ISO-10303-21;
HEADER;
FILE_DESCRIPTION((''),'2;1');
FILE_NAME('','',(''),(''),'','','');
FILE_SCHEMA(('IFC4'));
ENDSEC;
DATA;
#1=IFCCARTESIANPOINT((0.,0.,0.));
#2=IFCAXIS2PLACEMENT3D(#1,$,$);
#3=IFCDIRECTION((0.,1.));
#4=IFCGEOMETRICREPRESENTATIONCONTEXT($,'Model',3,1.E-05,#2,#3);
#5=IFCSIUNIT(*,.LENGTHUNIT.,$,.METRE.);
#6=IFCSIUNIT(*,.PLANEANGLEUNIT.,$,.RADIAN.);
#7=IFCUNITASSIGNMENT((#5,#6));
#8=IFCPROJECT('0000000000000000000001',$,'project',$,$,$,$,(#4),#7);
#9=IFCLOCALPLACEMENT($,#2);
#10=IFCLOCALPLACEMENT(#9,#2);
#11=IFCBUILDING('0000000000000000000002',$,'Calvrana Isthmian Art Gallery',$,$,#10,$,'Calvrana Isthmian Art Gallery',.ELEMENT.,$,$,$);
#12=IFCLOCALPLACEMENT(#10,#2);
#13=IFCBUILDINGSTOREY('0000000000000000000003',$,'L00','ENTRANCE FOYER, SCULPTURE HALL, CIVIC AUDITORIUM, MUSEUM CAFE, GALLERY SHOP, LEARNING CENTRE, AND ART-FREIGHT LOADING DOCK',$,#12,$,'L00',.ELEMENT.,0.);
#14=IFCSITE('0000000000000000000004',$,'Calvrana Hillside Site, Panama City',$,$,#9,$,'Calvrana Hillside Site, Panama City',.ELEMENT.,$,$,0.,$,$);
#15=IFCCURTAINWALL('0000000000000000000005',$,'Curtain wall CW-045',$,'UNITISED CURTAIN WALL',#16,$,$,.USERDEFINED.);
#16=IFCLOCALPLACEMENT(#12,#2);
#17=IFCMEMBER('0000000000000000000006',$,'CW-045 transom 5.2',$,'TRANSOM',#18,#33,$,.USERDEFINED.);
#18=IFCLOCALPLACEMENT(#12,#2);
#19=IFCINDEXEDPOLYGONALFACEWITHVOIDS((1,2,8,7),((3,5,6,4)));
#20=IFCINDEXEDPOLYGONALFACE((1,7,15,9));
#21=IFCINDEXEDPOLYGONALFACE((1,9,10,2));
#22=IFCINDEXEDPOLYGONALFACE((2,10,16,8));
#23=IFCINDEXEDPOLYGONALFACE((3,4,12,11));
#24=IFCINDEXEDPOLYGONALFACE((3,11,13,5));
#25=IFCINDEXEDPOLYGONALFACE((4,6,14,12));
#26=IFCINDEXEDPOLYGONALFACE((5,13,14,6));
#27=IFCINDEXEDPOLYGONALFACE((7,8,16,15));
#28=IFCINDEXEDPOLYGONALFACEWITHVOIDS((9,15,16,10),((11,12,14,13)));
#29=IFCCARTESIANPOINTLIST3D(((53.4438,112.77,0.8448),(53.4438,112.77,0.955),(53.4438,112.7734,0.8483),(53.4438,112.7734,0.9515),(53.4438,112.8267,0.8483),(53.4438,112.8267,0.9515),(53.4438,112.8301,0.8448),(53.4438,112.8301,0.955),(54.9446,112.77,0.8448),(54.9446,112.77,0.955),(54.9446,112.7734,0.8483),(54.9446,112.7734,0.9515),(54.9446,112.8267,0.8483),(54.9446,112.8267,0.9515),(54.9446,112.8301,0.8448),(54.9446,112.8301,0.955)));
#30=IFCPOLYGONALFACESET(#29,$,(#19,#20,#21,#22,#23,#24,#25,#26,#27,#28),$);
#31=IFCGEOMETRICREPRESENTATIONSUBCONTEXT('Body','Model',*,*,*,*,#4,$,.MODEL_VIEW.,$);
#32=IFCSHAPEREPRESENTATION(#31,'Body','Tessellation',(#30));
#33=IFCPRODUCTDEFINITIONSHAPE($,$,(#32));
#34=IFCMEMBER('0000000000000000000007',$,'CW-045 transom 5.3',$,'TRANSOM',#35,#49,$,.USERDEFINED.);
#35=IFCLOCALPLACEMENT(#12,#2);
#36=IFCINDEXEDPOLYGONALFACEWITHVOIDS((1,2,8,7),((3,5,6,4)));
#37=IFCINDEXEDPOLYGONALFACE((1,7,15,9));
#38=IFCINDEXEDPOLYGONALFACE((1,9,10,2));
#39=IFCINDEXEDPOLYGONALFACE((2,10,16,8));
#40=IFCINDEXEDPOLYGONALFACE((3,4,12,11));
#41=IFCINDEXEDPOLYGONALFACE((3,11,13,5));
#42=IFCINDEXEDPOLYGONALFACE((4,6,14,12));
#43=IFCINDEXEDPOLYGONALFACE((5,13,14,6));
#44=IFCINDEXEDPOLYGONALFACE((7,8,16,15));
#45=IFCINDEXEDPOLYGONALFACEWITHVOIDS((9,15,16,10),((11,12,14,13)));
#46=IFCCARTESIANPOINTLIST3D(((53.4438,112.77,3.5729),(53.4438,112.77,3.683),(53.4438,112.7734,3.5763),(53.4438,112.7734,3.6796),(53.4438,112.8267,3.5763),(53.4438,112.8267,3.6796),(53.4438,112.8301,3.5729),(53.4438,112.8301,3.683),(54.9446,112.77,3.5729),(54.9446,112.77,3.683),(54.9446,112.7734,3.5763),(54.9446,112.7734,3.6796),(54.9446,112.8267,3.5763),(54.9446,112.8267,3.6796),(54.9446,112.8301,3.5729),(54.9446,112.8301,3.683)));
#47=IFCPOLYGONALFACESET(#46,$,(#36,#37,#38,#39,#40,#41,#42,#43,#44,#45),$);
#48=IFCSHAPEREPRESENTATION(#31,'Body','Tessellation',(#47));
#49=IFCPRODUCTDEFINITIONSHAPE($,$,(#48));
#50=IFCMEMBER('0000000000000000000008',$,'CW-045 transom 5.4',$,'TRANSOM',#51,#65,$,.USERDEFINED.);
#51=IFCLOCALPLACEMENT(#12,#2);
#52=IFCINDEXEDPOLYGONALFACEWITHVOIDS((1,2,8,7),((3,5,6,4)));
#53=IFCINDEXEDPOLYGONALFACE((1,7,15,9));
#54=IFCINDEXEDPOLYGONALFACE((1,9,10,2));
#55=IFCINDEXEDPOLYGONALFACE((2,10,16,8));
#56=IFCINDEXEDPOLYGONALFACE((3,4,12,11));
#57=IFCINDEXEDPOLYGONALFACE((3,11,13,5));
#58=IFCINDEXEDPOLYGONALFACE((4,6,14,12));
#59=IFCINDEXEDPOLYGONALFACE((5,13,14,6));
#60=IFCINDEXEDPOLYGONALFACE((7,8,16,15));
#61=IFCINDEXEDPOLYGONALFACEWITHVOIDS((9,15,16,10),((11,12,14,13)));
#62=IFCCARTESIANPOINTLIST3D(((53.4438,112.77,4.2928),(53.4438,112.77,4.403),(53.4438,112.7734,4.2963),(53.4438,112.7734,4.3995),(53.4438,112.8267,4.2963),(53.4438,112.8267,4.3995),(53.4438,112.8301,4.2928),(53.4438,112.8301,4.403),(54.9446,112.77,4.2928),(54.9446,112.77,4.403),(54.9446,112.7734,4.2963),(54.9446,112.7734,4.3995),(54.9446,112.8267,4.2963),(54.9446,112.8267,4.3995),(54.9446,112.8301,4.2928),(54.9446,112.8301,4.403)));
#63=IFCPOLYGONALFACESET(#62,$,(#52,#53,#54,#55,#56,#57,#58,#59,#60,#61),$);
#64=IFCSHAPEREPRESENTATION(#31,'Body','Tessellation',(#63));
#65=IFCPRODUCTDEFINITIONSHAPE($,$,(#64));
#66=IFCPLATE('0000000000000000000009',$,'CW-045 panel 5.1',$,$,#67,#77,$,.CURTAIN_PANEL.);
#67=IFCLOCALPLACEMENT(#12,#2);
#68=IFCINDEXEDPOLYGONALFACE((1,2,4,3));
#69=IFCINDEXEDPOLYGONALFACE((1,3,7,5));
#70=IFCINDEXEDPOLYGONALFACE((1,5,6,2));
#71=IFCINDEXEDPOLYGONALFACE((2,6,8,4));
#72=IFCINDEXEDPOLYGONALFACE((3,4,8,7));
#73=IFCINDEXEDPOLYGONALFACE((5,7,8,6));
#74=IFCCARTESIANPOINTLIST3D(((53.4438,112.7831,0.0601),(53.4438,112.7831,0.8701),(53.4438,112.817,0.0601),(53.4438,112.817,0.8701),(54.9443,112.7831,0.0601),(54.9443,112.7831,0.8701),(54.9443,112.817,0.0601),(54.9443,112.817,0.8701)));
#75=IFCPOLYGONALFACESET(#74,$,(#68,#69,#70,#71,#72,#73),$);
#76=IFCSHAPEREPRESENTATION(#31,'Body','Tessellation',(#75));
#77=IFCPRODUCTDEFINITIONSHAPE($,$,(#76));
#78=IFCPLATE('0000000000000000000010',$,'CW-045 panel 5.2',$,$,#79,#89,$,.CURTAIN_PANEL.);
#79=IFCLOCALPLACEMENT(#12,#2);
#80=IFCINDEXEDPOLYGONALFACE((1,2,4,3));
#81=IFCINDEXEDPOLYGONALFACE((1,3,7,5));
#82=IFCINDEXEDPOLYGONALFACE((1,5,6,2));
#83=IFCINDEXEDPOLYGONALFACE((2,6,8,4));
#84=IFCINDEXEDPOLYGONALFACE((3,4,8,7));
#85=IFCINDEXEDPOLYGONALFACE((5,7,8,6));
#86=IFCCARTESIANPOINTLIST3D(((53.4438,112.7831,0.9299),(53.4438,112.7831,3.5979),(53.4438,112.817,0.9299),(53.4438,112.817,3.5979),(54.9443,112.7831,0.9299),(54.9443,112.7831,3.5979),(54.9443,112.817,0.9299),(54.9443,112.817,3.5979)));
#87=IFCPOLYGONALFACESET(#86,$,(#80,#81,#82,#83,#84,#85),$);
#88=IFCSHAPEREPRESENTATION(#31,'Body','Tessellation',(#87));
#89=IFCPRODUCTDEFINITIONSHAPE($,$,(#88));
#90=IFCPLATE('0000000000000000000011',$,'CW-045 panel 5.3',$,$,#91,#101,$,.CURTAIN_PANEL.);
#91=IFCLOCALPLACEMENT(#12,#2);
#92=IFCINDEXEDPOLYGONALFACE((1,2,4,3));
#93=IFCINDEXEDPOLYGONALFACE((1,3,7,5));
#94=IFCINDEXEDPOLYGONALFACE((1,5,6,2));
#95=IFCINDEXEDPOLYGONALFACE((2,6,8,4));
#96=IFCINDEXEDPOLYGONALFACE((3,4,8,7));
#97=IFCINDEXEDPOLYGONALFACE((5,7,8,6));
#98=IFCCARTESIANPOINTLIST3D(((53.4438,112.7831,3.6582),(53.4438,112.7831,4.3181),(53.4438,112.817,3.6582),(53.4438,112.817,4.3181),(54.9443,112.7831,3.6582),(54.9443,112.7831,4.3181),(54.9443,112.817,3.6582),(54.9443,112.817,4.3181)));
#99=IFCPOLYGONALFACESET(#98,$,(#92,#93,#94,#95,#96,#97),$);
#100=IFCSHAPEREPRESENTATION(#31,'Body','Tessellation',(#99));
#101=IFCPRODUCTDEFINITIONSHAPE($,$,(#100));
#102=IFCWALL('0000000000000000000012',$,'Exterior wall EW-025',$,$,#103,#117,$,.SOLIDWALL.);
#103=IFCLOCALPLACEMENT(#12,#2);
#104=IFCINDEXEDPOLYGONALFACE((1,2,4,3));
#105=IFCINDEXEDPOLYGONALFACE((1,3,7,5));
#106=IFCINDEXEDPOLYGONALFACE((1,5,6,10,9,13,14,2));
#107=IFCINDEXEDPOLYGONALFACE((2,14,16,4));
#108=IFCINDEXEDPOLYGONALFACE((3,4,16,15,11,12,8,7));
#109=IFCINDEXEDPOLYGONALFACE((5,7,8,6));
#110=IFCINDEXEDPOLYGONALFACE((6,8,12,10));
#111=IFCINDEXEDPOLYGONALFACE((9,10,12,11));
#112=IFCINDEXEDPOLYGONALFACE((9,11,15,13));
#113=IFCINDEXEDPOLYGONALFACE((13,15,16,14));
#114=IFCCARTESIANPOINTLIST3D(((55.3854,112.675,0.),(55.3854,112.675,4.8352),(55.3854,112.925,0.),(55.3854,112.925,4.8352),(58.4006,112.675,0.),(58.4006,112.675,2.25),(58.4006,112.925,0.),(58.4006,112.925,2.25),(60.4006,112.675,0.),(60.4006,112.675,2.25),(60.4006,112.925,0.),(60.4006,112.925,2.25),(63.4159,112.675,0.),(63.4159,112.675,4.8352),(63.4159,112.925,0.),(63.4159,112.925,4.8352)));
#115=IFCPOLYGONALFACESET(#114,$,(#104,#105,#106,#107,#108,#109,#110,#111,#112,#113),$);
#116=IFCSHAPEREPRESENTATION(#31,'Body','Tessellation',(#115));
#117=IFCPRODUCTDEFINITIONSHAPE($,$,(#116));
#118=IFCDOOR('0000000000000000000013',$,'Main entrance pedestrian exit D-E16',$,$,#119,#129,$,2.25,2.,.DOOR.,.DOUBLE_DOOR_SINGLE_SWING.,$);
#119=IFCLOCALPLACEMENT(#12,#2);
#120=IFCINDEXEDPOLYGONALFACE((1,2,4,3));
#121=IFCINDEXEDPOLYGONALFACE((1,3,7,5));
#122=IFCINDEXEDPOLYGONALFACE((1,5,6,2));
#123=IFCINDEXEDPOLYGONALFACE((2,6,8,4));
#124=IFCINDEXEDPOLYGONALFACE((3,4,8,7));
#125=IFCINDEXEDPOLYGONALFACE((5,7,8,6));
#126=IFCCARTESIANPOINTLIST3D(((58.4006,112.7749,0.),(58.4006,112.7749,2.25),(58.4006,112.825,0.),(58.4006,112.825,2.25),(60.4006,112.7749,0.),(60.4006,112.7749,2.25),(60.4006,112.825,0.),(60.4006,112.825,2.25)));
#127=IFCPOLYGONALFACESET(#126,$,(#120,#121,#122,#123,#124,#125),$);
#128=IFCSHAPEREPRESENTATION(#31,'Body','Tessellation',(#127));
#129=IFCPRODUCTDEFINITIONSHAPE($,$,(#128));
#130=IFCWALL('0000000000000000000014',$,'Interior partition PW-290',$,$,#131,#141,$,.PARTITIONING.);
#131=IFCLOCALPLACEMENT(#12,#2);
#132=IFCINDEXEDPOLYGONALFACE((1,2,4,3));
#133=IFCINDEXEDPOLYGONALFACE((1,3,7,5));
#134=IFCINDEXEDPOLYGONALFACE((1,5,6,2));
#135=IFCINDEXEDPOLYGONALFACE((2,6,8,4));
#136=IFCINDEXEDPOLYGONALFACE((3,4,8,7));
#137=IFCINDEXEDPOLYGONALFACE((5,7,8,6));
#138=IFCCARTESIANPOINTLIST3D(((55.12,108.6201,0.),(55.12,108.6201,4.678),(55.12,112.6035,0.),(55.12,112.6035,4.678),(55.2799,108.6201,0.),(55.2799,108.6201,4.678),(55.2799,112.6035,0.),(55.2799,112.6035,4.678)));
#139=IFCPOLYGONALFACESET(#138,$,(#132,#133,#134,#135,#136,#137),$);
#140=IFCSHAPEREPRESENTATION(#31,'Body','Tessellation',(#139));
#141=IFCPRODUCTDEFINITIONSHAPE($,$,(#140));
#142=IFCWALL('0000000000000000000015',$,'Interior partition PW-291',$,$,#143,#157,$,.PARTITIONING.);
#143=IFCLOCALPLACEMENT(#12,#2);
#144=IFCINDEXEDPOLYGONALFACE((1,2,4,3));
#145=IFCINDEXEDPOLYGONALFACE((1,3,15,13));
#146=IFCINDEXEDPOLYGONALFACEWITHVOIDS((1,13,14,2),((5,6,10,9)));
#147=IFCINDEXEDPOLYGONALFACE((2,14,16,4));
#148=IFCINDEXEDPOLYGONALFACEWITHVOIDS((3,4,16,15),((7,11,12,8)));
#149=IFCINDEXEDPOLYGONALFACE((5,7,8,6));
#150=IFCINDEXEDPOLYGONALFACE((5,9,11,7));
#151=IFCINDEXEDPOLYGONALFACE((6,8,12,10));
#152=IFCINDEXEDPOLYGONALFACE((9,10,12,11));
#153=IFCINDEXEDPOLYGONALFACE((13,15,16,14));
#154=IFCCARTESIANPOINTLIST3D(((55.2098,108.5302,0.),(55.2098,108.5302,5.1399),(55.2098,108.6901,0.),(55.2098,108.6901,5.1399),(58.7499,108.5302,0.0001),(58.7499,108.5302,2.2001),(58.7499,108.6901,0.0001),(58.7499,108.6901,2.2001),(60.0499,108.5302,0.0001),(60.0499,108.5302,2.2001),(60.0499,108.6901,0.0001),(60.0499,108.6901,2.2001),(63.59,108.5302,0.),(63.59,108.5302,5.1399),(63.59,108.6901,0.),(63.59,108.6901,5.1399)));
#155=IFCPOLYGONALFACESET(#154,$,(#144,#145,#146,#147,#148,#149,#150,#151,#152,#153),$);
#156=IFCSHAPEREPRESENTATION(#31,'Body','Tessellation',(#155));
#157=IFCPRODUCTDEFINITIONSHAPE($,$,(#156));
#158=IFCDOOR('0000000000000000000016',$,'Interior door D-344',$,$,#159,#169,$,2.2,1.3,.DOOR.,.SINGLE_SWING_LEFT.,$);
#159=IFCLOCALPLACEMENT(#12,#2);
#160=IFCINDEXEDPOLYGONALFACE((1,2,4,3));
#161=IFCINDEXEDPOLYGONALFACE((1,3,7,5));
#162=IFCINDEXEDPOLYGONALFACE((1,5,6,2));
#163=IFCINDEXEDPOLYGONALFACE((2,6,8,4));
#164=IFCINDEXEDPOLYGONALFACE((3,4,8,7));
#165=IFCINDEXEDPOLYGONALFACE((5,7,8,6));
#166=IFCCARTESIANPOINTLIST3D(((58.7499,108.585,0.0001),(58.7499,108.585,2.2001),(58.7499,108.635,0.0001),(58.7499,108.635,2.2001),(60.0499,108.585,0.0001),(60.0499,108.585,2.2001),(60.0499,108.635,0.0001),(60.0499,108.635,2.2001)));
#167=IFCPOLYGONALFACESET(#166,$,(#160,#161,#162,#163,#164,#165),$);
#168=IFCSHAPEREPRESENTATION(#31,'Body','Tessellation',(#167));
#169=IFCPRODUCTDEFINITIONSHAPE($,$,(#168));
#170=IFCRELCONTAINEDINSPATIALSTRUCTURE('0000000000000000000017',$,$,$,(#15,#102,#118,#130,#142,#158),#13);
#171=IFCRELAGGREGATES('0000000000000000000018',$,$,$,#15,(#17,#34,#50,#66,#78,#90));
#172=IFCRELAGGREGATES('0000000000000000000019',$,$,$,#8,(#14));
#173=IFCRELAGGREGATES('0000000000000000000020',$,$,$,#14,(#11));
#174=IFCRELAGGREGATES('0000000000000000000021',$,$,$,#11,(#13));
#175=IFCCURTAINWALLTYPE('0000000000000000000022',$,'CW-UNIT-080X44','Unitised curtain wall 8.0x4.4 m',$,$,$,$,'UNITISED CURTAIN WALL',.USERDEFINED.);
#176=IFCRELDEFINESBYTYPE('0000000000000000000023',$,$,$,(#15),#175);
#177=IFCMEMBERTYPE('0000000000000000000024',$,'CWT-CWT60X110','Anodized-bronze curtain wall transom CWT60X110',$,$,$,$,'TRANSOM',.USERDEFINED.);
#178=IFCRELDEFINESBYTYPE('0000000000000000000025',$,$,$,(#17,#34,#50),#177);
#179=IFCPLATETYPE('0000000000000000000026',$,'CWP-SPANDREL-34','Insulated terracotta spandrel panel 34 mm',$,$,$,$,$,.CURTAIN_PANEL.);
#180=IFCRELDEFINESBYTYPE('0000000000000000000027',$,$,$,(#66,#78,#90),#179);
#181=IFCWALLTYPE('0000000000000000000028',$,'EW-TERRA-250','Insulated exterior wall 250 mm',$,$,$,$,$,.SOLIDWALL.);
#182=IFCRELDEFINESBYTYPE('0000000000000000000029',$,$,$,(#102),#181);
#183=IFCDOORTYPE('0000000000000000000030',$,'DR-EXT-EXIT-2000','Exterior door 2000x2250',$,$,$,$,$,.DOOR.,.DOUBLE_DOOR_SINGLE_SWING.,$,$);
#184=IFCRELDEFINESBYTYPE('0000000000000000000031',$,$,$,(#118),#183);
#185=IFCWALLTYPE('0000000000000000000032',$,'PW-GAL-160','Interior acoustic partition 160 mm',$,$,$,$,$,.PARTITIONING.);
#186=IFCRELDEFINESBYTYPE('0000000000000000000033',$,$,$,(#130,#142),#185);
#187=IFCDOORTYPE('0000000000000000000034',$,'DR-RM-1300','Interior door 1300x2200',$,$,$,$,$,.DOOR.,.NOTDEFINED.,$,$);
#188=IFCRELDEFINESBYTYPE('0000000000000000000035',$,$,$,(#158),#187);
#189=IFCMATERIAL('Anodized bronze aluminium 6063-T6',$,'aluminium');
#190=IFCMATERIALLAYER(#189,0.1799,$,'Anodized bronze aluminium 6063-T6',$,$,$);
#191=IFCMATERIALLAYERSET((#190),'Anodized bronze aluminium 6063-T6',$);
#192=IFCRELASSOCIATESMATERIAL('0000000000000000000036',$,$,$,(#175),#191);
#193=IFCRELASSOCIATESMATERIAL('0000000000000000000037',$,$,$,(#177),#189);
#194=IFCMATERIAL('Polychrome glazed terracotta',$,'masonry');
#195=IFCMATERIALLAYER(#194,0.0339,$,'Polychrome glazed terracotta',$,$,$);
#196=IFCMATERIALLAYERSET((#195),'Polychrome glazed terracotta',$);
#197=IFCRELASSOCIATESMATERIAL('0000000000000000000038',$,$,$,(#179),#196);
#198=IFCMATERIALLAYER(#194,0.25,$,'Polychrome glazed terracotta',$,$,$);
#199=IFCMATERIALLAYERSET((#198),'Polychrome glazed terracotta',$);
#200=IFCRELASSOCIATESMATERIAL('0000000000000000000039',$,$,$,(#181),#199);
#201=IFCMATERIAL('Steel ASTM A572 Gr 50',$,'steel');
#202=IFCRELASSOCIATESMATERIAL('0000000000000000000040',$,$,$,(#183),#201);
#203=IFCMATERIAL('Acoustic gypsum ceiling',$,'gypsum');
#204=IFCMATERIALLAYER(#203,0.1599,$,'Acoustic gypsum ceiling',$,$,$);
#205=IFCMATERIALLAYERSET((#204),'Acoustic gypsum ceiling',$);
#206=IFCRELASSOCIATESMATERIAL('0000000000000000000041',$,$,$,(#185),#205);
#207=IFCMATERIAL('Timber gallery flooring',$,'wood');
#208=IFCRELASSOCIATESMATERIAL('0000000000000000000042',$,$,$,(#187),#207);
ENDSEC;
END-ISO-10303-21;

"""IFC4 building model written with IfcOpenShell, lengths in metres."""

from ifc_helpers import new_model, si_unit, direction, frame, frame_2d, origin, origin_2d, place, context, subcontext, project, spatial, rectangle, hollow_rectangle, extrude, material, layer, layer_set, material_profile, profile_set, type_object, element, fill, aggregate, save


model = new_model("IFC4")

# Units and contexts
model_context = context("Model", 3, precision=1e-05, world=origin(), true_north=direction((0.0, 1.0)))
body_context = subcontext(model_context, "Body", "Model", "MODEL_VIEW")
ifc_project = project(units=[si_unit("LENGTHUNIT", "METRE"), si_unit("PLANEANGLEUNIT", "RADIAN")], contexts=[model_context])

# Site, building, storey
site_placement = place(None, origin())
site = spatial("IfcSite", under=ifc_project, at=site_placement, Name="Calvrana Hillside Site, Panama City", LongName="Calvrana Hillside Site, Panama City", CompositionType="ELEMENT", RefElevation=0.0)
building_placement = place(site_placement, origin())
building = spatial("IfcBuilding", under=site, at=building_placement, Name="Calvrana Isthmian Art Gallery", LongName="Calvrana Isthmian Art Gallery", CompositionType="ELEMENT")
storey_placement = place(building_placement, origin())
storey = spatial("IfcBuildingStorey", under=building, at=storey_placement, Name="L00", Description="ENTRANCE FOYER, SCULPTURE HALL, CIVIC AUDITORIUM, MUSEUM CAFE, GALLERY SHOP, LEARNING CENTRE, AND ART-FREIGHT LOADING DOCK", LongName="L00", CompositionType="ELEMENT", Elevation=0.0)

# Curtain wall, members, plates
ifc_material_1 = material(Name="Anodized bronze aluminium 6063-T6", Category="aluminium")
ifc_layer_1 = layer(ifc_material_1, 0.1799, Name="Anodized bronze aluminium 6063-T6")
ifc_layer_set_1 = layer_set([ifc_layer_1], Name="Anodized bronze aluminium 6063-T6")
curtain_wall_type = type_object("IfcCurtainWallType", Name="CW-UNIT-080X44", Description="Unitised curtain wall 8.0x4.4 m", ElementType="UNITISED CURTAIN WALL", PredefinedType="USERDEFINED", material=ifc_layer_set_1)
curtain_wall_placement = place(storey_placement, origin())
curtain_wall = element("IfcCurtainWall", 1, at=curtain_wall_placement, inside=storey, type_object=curtain_wall_type, Name="Curtain wall CW-045", ObjectType="UNITISED CURTAIN WALL", PredefinedType="USERDEFINED")
ifc_material_profile_1 = material_profile(ifc_material_1, hollow_rectangle(XDim=0.0601, YDim=0.1101, WallThickness=0.0034, at=origin_2d()), Name="CWT60X110")
ifc_profile_set_1 = profile_set([ifc_material_profile_1], Name="Anodized bronze aluminium 6063-T6")
member_type_1 = type_object("IfcMemberType", Name="CWT-CWT60X110", Description="Anodized-bronze curtain wall transom CWT60X110", ElementType="TRANSOM", PredefinedType="USERDEFINED", material=ifc_profile_set_1)
member_1_placement = place(storey_placement, frame((53.4438, 112.8, 0.8999), z_axis=(1.0, 0.0, 0.0), x_axis=(0.0, 1.0, 0.0)))
member_1 = element("IfcMember", 2, at=member_1_placement, type_object=member_type_1, Name="CW-045 transom 5.2", ObjectType="TRANSOM", PredefinedType="USERDEFINED", context=body_context, shape_type="SweptSolid", body=[
    extrude(hollow_rectangle(XDim=0.0601, YDim=0.1101, WallThickness=0.0034, at=origin_2d()), origin(), (0.0, 0.0, 1.0), 1.5007),
])
member_2_placement = place(storey_placement, frame((53.4438, 112.8, 3.6279), z_axis=(1.0, 0.0, 0.0), x_axis=(0.0, 1.0, 0.0)))
member_2 = element("IfcMember", 3, at=member_2_placement, type_object=member_type_1, Name="CW-045 transom 5.3", ObjectType="TRANSOM", PredefinedType="USERDEFINED", context=body_context, shape_type="SweptSolid", body=[
    extrude(hollow_rectangle(XDim=0.0601, YDim=0.1101, WallThickness=0.0034, at=origin_2d()), origin(), (0.0, 0.0, 1.0), 1.5007),
])
member_3_placement = place(storey_placement, frame((53.4438, 112.8, 4.3479), z_axis=(1.0, 0.0, 0.0), x_axis=(0.0, 1.0, 0.0)))
member_3 = element("IfcMember", 4, at=member_3_placement, type_object=member_type_1, Name="CW-045 transom 5.4", ObjectType="TRANSOM", PredefinedType="USERDEFINED", context=body_context, shape_type="SweptSolid", body=[
    extrude(hollow_rectangle(XDim=0.0601, YDim=0.1101, WallThickness=0.0034, at=origin_2d()), origin(), (0.0, 0.0, 1.0), 1.5007),
])
ifc_material_2 = material(Name="Polychrome glazed terracotta", Category="masonry")
ifc_layer_2 = layer(ifc_material_2, 0.0339, Name="Polychrome glazed terracotta")
ifc_layer_set_2 = layer_set([ifc_layer_2], Name="Polychrome glazed terracotta")
plate_type = type_object("IfcPlateType", Name="CWP-SPANDREL-34", Description="Insulated terracotta spandrel panel 34 mm", PredefinedType="CURTAIN_PANEL", material=ifc_layer_set_2)
plate_1_placement = place(storey_placement, frame((54.1941, 112.8, 0.0601), z_axis=(0.0, 0.0, 1.0), x_axis=(1.0, 0.0, 0.0)))
plate_1 = element("IfcPlate", 5, at=plate_1_placement, type_object=plate_type, Name="CW-045 panel 5.1", PredefinedType="CURTAIN_PANEL", context=body_context, shape_type="SweptSolid", body=[
    extrude(rectangle(XDim=1.5005, YDim=0.0339, at=origin_2d()), origin(), (0.0, 0.0, 1.0), 0.8101),
])
plate_2_placement = place(storey_placement, frame((54.1941, 112.8, 0.9299), z_axis=(0.0, 0.0, 1.0), x_axis=(1.0, 0.0, 0.0)))
plate_2 = element("IfcPlate", 6, at=plate_2_placement, type_object=plate_type, Name="CW-045 panel 5.2", PredefinedType="CURTAIN_PANEL", context=body_context, shape_type="SweptSolid", body=[
    extrude(rectangle(XDim=1.5005, YDim=0.0339, at=origin_2d()), origin(), (0.0, 0.0, 1.0), 2.668),
])
plate_3_placement = place(storey_placement, frame((54.1941, 112.8, 3.6582), z_axis=(0.0, 0.0, 1.0), x_axis=(1.0, 0.0, 0.0)))
plate_3 = element("IfcPlate", 7, at=plate_3_placement, type_object=plate_type, Name="CW-045 panel 5.3", PredefinedType="CURTAIN_PANEL", context=body_context, shape_type="SweptSolid", body=[
    extrude(rectangle(XDim=1.5005, YDim=0.0339, at=origin_2d()), origin(), (0.0, 0.0, 1.0), 0.6599),
])
aggregate(curtain_wall, [member_1, member_2, member_3, plate_1, plate_2, plate_3])

# Wall, opening, door
ifc_layer_3 = layer(ifc_material_2, 0.25, Name="Polychrome glazed terracotta")
ifc_layer_set_3 = layer_set([ifc_layer_3], Name="Polychrome glazed terracotta")
wall_type_1 = type_object("IfcWallType", Name="EW-TERRA-250", Description="Insulated exterior wall 250 mm", PredefinedType="SOLIDWALL", material=ifc_layer_set_3)
wall_1_placement = place(storey_placement, frame((55.3855, 112.8, 0.0), z_axis=(0.0, 0.0, 1.0), x_axis=(1.0, 0.0, 0.0)))
wall_1 = element("IfcWall", 8, at=wall_1_placement, inside=storey, type_object=wall_type_1, Name="Exterior wall EW-025", PredefinedType="SOLIDWALL", context=body_context, shape_type="SweptSolid", body=[
    extrude(rectangle(XDim=8.0305, YDim=0.25, at=frame_2d((4.0151, 0.0))), origin(), (0.0, 0.0, 1.0), 4.8352),
])
opening_1_placement = place(wall_1_placement, frame((3.0151, 0.0, 0.0)))
opening_1 = element("IfcOpeningElement", 9, at=opening_1_placement, cuts=wall_1, PredefinedType="OPENING", context=body_context, shape_type="SweptSolid", body=[
    extrude(rectangle(XDim=2.0, YDim=2.25, at=frame_2d((1.0, 1.125))), frame((0.0, 0.1353, 0.0), z_axis=(0.0, -1.0, 0.0), x_axis=(1.0, 0.0, 0.0)), (0.0, 0.0, 1.0), 0.2705),
])
ifc_material_3 = material(Name="Steel ASTM A572 Gr 50", Category="steel")
door_type_1 = type_object("IfcDoorType", Name="DR-EXT-EXIT-2000", Description="Exterior door 2000x2250", OperationType="DOUBLE_DOOR_SINGLE_SWING", PredefinedType="DOOR", material=ifc_material_3)
door_1_placement = place(opening_1_placement, origin())
door_1 = element("IfcDoor", 10, at=door_1_placement, inside=storey, type_object=door_type_1, Name="Main entrance pedestrian exit D-E16", OperationType="DOUBLE_DOOR_SINGLE_SWING", OverallHeight=2.25, OverallWidth=2.0, PredefinedType="DOOR", context=body_context, shape_type="SweptSolid", body=[
    extrude(rectangle(XDim=2.0, YDim=2.25, at=frame_2d((1.0, 1.125))), frame((0.0, 0.0249, 0.0), z_axis=(0.0, -1.0, 0.0), x_axis=(1.0, 0.0, 0.0)), (0.0, 0.0, 1.0), 0.05),
])
fill(opening_1, door_1)

# Wall
ifc_material_4 = material(Name="Acoustic gypsum ceiling", Category="gypsum")
ifc_layer_4 = layer(ifc_material_4, 0.1599, Name="Acoustic gypsum ceiling")
ifc_layer_set_4 = layer_set([ifc_layer_4], Name="Acoustic gypsum ceiling")
wall_type_2 = type_object("IfcWallType", Name="PW-GAL-160", Description="Interior acoustic partition 160 mm", PredefinedType="PARTITIONING", material=ifc_layer_set_4)
wall_2_placement = place(storey_placement, frame((55.2, 108.6201, 0.0), z_axis=(0.0, 0.0, 1.0), x_axis=(0.0, 1.0, 0.0)))
element("IfcWall", 11, at=wall_2_placement, inside=storey, type_object=wall_type_2, Name="Interior partition PW-290", PredefinedType="PARTITIONING", context=body_context, shape_type="SweptSolid", body=[
    extrude(rectangle(XDim=3.9834, YDim=0.1599, at=frame_2d((1.9917, 0.0))), origin(), (0.0, 0.0, 1.0), 4.678),
])

# Wall, opening, door
wall_3_placement = place(storey_placement, frame((55.21, 108.6101, 0.0), z_axis=(0.0, 0.0, 1.0), x_axis=(1.0, 0.0, 0.0)))
wall_3 = element("IfcWall", 12, at=wall_3_placement, inside=storey, type_object=wall_type_2, Name="Interior partition PW-291", PredefinedType="PARTITIONING", context=body_context, shape_type="SweptSolid", body=[
    extrude(rectangle(XDim=8.3801, YDim=0.1599, at=frame_2d((4.1899, 0.0))), origin(), (0.0, 0.0, 1.0), 5.1399),
])
opening_2_placement = place(wall_3_placement, frame((3.54, 0.0, 0.0)))
opening_2 = element("IfcOpeningElement", 13, at=opening_2_placement, cuts=wall_3, PredefinedType="OPENING", context=body_context, shape_type="SweptSolid", body=[
    extrude(rectangle(XDim=1.3, YDim=2.2, at=frame_2d((0.6499, 1.1001))), frame((0.0, 0.0903, 0.0), z_axis=(0.0, -1.0, 0.0), x_axis=(1.0, 0.0, 0.0)), (0.0, 0.0, 1.0), 0.1804),
])
ifc_material_5 = material(Name="Timber gallery flooring", Category="wood")
door_type_2 = type_object("IfcDoorType", Name="DR-RM-1300", Description="Interior door 1300x2200", OperationType="NOTDEFINED", PredefinedType="DOOR", material=ifc_material_5)
door_2_placement = place(opening_2_placement, origin())
door_2 = element("IfcDoor", 14, at=door_2_placement, inside=storey, type_object=door_type_2, Name="Interior door D-344", OperationType="SINGLE_SWING_LEFT", OverallHeight=2.2, OverallWidth=1.3, PredefinedType="DOOR", context=body_context, shape_type="SweptSolid", body=[
    extrude(rectangle(XDim=1.3, YDim=2.2, at=frame_2d((0.6499, 1.1001))), frame((0.0, 0.0249, 0.0), z_axis=(0.0, -1.0, 0.0), x_axis=(1.0, 0.0, 0.0)), (0.0, 0.0, 1.0), 0.05),
])
fill(opening_2, door_2)

save(model, "model.ifc")
